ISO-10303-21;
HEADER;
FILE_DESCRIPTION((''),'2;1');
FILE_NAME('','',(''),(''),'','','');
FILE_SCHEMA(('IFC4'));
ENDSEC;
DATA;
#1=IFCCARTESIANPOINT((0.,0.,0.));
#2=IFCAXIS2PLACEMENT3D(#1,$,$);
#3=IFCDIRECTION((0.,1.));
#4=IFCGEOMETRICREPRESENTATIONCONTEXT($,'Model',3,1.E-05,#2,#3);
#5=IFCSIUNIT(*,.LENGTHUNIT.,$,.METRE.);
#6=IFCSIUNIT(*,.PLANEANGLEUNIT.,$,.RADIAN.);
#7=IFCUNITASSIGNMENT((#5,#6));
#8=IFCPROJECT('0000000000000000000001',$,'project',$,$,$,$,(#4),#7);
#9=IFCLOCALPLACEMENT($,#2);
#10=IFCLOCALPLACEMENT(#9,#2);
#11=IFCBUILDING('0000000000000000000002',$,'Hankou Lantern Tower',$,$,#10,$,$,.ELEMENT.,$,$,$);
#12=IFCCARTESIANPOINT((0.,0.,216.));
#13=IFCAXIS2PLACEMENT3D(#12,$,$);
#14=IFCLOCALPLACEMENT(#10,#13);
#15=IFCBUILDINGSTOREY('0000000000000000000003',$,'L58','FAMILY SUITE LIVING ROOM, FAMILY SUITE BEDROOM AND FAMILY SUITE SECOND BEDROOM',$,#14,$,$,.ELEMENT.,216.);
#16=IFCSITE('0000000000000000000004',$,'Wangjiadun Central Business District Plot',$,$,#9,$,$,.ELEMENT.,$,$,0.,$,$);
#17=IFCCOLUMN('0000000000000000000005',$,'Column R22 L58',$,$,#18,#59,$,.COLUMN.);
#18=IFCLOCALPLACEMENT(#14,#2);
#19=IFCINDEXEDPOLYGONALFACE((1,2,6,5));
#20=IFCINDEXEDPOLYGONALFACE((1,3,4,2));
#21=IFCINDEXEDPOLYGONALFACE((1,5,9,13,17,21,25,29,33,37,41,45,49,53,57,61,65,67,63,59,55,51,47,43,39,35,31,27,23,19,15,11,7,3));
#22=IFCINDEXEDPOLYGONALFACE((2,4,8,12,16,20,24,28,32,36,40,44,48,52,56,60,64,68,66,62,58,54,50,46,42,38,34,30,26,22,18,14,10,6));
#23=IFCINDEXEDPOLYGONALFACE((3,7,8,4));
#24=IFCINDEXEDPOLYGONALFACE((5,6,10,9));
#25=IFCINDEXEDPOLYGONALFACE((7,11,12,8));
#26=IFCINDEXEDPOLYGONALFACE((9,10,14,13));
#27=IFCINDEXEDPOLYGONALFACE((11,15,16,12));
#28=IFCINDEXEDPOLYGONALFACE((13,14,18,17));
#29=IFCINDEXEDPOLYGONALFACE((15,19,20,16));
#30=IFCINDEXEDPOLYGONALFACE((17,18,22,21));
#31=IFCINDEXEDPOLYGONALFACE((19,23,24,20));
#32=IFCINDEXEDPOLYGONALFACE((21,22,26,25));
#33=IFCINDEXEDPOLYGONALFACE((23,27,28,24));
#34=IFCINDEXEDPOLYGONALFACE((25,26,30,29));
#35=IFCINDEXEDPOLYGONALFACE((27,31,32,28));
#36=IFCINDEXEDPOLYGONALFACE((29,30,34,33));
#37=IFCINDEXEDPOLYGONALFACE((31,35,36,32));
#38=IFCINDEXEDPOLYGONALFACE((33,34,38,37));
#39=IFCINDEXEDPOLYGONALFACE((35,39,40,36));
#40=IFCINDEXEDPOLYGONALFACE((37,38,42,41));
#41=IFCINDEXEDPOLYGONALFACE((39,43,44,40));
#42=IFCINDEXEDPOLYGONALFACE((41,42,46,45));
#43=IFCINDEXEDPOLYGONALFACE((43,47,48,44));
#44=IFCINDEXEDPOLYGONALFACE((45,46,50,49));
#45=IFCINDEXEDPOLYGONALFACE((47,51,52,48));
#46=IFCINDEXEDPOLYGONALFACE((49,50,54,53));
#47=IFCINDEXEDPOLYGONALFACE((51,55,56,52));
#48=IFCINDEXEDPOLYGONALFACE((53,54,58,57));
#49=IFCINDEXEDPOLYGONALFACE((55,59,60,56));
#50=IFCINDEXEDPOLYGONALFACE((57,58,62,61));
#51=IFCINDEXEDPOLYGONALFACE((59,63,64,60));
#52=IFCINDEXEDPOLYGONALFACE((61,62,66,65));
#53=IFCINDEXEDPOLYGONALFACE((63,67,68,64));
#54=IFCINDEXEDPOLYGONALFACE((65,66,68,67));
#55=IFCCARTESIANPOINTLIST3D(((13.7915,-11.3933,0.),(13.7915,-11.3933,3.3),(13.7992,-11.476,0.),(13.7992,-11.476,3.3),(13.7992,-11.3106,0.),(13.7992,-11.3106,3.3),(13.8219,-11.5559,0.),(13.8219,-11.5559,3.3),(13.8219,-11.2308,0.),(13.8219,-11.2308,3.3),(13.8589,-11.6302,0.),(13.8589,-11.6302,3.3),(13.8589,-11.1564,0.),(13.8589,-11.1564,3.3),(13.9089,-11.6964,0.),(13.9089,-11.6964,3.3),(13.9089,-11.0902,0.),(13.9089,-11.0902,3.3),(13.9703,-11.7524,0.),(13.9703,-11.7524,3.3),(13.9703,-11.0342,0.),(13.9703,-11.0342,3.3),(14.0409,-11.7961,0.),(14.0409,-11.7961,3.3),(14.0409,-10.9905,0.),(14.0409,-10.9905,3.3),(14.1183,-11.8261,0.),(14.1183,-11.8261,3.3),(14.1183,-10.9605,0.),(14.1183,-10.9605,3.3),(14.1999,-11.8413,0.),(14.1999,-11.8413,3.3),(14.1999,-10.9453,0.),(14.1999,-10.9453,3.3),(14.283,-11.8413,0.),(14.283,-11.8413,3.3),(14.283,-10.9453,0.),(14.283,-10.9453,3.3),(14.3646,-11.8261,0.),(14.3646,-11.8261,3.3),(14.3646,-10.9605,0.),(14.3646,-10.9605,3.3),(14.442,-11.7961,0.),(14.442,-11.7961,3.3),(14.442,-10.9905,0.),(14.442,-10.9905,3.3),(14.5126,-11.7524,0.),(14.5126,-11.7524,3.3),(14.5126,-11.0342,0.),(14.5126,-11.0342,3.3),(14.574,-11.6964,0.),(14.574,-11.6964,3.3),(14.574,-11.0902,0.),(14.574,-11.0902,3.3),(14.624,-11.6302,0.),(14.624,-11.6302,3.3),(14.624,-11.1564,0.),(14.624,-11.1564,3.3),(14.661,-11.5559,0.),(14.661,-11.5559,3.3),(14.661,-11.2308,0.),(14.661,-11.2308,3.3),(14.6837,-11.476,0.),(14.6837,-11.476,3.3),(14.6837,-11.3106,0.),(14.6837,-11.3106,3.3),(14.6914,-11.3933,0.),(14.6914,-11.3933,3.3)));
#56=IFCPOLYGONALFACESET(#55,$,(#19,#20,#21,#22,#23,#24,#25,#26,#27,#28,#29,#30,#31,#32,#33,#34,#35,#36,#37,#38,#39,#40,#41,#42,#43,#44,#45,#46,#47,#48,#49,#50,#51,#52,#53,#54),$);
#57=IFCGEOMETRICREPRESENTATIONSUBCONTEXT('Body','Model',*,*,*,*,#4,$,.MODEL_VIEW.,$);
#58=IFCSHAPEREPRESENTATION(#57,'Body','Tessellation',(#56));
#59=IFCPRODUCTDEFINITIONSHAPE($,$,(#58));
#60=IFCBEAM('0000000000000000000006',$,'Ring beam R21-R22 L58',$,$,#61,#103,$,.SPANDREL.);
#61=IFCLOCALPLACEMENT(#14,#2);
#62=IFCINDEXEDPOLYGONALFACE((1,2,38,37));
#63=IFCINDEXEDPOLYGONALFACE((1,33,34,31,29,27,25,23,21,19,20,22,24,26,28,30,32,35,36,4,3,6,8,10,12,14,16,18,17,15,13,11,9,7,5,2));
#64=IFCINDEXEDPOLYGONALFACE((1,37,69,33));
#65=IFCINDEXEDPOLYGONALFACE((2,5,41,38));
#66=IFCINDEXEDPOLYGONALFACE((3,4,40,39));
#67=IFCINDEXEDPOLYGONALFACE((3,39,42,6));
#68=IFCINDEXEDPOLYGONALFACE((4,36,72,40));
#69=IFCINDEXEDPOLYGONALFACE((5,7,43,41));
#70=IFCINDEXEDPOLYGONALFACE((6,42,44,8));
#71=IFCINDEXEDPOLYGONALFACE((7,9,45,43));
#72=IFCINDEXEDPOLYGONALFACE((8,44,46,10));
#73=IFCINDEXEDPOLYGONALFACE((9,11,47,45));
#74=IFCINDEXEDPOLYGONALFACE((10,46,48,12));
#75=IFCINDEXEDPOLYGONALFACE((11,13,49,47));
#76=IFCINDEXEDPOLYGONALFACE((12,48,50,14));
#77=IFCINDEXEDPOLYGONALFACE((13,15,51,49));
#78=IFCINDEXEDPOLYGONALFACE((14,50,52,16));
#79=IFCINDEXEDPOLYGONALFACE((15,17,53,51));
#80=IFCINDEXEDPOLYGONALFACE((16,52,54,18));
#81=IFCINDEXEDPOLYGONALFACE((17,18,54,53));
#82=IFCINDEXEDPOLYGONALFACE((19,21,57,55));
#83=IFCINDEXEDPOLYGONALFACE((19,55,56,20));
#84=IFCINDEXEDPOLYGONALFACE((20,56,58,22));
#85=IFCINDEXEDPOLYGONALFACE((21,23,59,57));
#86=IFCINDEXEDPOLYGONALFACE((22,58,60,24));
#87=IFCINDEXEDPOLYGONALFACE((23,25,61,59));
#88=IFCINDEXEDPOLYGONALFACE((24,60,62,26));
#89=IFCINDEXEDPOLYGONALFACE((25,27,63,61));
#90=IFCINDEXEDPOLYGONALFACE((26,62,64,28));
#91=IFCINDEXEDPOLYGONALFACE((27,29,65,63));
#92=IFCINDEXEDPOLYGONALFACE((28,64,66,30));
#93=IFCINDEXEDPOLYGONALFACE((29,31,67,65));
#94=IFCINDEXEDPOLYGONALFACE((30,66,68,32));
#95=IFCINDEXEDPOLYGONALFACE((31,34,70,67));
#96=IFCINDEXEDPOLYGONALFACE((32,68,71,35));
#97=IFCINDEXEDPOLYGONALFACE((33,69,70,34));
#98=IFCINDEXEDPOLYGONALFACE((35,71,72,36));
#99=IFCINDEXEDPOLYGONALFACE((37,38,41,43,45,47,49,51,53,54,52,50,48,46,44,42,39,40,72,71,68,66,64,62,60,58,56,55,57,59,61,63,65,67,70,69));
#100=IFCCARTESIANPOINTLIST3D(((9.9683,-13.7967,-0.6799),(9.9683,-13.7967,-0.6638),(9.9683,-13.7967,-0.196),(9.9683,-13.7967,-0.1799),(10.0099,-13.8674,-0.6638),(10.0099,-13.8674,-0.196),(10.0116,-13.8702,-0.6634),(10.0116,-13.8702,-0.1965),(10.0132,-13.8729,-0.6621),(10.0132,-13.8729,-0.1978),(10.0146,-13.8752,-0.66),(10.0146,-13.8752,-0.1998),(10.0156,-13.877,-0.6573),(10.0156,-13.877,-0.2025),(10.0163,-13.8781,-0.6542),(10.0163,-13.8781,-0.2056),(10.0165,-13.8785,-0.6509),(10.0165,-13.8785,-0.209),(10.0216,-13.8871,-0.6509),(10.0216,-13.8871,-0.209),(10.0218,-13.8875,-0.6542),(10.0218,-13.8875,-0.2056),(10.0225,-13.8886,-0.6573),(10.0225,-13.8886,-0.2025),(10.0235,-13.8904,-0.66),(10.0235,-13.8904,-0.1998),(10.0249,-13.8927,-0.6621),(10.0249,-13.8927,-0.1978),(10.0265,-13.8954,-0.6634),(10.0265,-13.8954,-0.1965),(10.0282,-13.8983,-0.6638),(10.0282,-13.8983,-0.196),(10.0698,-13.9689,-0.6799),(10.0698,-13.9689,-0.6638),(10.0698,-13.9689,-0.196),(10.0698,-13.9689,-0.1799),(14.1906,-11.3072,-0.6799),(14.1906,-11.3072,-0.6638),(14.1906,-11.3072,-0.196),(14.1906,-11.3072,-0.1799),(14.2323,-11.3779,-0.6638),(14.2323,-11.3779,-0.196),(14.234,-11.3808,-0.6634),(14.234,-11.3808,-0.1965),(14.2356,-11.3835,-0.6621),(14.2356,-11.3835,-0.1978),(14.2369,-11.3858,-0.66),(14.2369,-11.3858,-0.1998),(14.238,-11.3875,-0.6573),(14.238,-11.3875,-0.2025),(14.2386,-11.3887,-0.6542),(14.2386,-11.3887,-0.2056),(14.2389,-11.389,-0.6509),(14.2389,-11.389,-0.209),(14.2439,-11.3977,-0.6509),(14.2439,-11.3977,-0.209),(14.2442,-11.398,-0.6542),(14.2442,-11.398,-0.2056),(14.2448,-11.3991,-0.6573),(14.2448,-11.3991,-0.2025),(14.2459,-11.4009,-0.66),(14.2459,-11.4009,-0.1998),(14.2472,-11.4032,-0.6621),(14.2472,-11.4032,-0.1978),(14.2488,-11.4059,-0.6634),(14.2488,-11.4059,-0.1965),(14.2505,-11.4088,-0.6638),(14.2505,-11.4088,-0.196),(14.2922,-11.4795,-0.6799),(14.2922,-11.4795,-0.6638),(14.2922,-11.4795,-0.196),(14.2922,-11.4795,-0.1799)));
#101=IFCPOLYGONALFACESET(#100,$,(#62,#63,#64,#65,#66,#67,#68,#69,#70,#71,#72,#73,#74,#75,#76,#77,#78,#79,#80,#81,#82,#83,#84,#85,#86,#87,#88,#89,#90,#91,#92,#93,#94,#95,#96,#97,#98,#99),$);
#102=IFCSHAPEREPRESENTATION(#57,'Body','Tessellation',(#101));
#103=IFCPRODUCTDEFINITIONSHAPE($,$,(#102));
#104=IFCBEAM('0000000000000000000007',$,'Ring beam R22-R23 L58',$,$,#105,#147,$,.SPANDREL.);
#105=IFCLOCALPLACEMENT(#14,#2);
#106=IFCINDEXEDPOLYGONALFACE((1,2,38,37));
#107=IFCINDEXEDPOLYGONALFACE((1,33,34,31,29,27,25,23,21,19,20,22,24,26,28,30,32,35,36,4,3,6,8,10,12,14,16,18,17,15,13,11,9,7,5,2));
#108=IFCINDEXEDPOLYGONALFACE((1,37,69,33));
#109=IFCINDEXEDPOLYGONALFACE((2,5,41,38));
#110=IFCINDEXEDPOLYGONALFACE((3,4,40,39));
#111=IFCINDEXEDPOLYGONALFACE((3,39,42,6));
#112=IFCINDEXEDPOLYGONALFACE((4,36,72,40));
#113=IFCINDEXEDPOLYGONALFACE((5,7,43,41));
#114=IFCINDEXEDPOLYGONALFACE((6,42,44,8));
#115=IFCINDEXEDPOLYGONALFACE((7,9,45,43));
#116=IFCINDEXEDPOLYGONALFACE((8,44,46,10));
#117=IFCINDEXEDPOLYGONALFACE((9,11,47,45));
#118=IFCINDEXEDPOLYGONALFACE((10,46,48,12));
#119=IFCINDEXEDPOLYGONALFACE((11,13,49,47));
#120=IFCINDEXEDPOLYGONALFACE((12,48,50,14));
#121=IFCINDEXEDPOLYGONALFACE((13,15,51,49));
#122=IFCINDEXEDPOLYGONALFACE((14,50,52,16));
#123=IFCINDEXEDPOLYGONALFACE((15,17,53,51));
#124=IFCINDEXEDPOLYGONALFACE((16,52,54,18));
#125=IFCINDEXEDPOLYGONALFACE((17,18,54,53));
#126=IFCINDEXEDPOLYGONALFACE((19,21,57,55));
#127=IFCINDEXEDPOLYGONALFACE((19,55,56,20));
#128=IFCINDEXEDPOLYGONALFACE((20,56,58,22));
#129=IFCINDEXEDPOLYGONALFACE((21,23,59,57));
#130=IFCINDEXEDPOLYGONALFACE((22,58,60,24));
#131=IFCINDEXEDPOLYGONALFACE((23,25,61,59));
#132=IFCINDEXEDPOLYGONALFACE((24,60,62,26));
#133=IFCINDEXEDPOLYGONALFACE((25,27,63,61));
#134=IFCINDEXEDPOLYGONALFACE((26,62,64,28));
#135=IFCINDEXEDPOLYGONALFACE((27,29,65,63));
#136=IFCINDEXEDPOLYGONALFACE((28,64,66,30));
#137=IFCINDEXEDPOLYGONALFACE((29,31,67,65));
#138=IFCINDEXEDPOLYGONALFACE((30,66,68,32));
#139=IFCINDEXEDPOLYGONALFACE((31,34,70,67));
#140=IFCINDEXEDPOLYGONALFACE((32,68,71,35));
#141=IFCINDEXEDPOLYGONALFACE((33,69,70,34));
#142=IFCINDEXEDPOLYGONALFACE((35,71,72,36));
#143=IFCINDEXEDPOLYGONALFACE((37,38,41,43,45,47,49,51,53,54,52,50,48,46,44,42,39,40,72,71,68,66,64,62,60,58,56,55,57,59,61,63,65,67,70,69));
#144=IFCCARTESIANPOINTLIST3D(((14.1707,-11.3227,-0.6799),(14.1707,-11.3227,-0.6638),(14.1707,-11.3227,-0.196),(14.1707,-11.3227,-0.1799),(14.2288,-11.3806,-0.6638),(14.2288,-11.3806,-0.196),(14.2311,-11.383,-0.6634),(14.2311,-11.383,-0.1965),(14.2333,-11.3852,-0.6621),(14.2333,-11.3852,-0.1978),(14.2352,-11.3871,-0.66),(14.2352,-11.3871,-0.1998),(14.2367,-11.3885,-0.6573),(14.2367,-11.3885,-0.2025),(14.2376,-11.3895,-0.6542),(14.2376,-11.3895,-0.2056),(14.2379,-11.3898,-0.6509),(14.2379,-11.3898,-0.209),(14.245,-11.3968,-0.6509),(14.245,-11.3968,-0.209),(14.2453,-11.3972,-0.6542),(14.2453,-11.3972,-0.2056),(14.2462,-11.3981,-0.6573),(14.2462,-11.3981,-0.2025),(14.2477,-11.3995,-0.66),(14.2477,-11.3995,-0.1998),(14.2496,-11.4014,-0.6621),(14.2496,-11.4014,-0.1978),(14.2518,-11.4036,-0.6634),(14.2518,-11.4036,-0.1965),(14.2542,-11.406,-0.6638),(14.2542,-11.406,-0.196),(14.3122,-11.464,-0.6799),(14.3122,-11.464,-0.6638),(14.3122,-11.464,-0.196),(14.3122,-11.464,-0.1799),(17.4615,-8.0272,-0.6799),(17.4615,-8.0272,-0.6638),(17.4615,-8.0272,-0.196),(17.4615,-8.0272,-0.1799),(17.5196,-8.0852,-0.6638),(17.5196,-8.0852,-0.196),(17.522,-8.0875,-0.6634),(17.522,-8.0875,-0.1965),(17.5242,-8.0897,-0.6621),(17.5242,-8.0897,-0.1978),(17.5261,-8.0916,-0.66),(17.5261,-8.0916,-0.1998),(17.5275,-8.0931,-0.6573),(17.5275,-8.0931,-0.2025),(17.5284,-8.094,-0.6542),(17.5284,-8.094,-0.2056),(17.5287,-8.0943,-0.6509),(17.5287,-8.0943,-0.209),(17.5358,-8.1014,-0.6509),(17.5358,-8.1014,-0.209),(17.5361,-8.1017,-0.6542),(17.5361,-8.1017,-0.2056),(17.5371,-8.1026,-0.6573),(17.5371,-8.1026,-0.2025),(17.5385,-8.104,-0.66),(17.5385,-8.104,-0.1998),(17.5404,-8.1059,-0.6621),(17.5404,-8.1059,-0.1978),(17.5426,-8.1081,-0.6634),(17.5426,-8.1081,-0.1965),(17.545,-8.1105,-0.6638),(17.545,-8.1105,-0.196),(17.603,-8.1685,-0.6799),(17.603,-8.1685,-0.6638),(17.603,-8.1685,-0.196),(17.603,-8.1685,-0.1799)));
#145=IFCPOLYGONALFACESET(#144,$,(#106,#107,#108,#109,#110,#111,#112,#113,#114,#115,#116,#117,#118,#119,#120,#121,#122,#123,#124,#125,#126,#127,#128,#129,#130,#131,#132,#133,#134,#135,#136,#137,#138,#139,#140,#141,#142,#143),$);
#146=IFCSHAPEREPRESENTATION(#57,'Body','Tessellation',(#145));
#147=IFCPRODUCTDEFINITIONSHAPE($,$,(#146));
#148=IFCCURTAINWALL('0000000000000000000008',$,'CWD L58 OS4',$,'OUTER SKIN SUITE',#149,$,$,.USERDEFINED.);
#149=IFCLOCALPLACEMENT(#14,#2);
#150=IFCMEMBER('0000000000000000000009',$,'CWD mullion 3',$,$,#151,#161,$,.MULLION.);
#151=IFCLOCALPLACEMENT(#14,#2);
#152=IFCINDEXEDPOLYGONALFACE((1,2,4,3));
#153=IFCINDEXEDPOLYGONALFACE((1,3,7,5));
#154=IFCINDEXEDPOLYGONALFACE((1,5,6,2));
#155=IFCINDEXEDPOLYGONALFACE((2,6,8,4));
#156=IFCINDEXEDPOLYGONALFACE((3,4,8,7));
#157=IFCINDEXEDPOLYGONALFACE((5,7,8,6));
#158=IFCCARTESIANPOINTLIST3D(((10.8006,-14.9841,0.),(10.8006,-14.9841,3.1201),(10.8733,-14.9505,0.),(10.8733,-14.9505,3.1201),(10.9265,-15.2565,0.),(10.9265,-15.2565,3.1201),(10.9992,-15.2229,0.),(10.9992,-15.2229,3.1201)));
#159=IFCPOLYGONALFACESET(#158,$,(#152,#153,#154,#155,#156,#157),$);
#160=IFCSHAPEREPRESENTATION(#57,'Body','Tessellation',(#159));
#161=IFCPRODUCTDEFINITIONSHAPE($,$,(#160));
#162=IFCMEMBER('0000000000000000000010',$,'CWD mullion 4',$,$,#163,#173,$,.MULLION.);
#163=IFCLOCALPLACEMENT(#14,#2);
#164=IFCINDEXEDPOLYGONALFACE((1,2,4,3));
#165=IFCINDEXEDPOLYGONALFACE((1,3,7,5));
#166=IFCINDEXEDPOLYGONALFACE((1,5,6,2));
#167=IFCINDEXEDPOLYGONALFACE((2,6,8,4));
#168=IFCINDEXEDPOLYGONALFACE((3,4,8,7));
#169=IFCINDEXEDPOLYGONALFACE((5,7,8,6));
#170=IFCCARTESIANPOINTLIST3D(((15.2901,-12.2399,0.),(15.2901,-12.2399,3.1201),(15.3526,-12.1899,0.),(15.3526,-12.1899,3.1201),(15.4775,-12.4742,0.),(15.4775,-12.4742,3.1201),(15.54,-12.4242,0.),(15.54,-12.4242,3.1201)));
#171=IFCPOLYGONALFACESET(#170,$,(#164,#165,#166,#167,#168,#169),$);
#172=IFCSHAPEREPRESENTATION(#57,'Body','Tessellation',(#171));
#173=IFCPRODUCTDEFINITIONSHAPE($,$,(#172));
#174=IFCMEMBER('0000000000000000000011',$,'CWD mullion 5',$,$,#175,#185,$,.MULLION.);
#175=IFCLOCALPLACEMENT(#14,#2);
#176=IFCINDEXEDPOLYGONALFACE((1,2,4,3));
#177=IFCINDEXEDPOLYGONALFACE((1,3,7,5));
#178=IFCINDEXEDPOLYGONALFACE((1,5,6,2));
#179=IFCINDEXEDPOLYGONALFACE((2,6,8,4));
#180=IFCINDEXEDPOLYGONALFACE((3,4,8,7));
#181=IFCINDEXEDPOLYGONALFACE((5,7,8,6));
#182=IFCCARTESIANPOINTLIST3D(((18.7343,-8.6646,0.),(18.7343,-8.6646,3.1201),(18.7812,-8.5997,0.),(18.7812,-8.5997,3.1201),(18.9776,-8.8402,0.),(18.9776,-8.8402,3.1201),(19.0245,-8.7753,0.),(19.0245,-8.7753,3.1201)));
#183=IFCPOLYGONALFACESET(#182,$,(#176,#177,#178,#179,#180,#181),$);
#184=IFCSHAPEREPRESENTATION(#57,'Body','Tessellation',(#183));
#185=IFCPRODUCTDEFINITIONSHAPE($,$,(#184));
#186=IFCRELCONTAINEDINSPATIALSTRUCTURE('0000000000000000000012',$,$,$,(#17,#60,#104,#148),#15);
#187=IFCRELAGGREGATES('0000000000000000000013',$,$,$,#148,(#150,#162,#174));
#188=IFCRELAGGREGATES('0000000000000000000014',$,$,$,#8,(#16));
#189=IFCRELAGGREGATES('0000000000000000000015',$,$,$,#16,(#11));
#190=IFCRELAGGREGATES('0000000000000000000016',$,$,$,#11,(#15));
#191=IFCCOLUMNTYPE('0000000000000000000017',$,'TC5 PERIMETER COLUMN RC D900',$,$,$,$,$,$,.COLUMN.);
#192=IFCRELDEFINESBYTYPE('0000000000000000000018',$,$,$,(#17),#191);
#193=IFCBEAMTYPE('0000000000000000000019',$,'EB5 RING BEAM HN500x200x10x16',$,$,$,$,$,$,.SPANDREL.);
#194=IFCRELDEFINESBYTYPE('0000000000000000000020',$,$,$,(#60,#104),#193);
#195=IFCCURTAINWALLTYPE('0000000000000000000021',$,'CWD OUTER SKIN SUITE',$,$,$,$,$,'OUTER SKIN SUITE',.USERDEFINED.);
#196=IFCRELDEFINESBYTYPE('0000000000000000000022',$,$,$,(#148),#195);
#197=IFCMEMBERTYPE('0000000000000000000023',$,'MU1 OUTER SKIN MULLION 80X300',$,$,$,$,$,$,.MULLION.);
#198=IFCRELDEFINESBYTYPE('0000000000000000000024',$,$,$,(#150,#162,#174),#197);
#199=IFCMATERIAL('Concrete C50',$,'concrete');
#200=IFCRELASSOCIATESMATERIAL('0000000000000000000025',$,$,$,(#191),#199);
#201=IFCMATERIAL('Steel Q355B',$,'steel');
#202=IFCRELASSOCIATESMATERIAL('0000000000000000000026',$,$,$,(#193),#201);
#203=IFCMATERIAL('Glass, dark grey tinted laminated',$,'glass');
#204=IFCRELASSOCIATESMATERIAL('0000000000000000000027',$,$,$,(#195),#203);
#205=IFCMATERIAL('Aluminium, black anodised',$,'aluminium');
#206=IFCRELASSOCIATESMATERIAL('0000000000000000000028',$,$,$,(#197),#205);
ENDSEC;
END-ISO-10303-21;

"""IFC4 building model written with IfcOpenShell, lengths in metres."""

from ifc_helpers import new_model, si_unit, direction, frame, origin, origin_2d, place, context, subcontext, project, spatial, rectangle, circle, i_section, extrude, material, material_profile, profile_set, type_object, element, aggregate, save


model = new_model("IFC4")

# Units and contexts
model_context = context("Model", 3, precision=1e-05, world=origin(), true_north=direction((0.0, 1.0)))
body_context = subcontext(model_context, "Body", "Model", "MODEL_VIEW")
ifc_project = project(units=[si_unit("LENGTHUNIT", "METRE"), si_unit("PLANEANGLEUNIT", "RADIAN")], contexts=[model_context])

# Site, building, storey
site_placement = place(None, origin())
site = spatial("IfcSite", under=ifc_project, at=site_placement, Name="Wangjiadun Central Business District Plot", CompositionType="ELEMENT", RefElevation=0.0)
building_placement = place(site_placement, origin())
building = spatial("IfcBuilding", under=site, at=building_placement, Name="Hankou Lantern Tower", CompositionType="ELEMENT")
storey_placement = place(building_placement, frame((0.0, 0.0, 216.0)))
storey = spatial("IfcBuildingStorey", under=building, at=storey_placement, Name="L58", Description="FAMILY SUITE LIVING ROOM, FAMILY SUITE BEDROOM AND FAMILY SUITE SECOND BEDROOM", CompositionType="ELEMENT", Elevation=216.0)

# Column
ifc_material_1 = material(Name="Concrete C50", Category="concrete")
ifc_material_profile_1 = material_profile(ifc_material_1, circle(Radius=0.45, at=origin_2d()), Name="RC D900")
ifc_profile_set_1 = profile_set([ifc_material_profile_1], Name="Concrete C50")
column_type = type_object("IfcColumnType", Name="TC5 PERIMETER COLUMN RC D900", PredefinedType="COLUMN", material=ifc_profile_set_1)
column_placement = place(storey_placement, frame((14.2415, -11.3933, 0.0), z_axis=(0.0, 0.0, 1.0), x_axis=(1.0, 0.0, 0.0)))
element("IfcColumn", 1, at=column_placement, inside=storey, type_object=column_type, Name="Column R22 L58", PredefinedType="COLUMN", context=body_context, shape_type="SweptSolid", body=[
    extrude(circle(Radius=0.45, at=origin_2d()), origin(), (0.0, 0.0, 1.0), 3.3),
])

# Beams
ifc_material_2 = material(Name="Steel Q355B", Category="steel")
ifc_material_profile_2 = material_profile(ifc_material_2, i_section(OverallWidth=0.2, OverallDepth=0.5, WebThickness=0.01, FlangeThickness=0.0161, FilletRadius=0.0129, at=origin_2d()), Name="HN500x200x10x16")
ifc_profile_set_2 = profile_set([ifc_material_profile_2], Name="Steel Q355B")
beam_type_1 = type_object("IfcBeamType", Name="EB5 RING BEAM HN500x200x10x16", PredefinedType="SPANDREL", material=ifc_profile_set_2)
beam_1_placement = place(storey_placement, frame((10.019, -13.8828, -0.4299), z_axis=(0.861423, 0.507888, 0.0), x_axis=(-0.507888, 0.861423, 0.0)))
element("IfcBeam", 2, at=beam_1_placement, inside=storey, type_object=beam_type_1, Name="Ring beam R21-R22 L58", PredefinedType="SPANDREL", context=body_context, shape_type="SweptSolid", body=[
    extrude(i_section(OverallWidth=0.2, OverallDepth=0.5, WebThickness=0.01, FlangeThickness=0.0161, FilletRadius=0.0129, at=origin_2d()), origin(), (0.0, 0.0, 1.0), 4.9016),
])
beam_2_placement = place(storey_placement, frame((14.2415, -11.3933, -0.4299), z_axis=(0.706609, 0.707605, 0.0), x_axis=(-0.707605, 0.706609, 0.0)))
element("IfcBeam", 3, at=beam_2_placement, inside=storey, type_object=beam_type_1, Name="Ring beam R22-R23 L58", PredefinedType="SPANDREL", context=body_context, shape_type="SweptSolid", body=[
    extrude(i_section(OverallWidth=0.2, OverallDepth=0.5, WebThickness=0.01, FlangeThickness=0.0161, FilletRadius=0.0129, at=origin_2d()), origin(), (0.0, 0.0, 1.0), 4.6572),
])

# Curtain wall, members
ifc_material_3 = material(Name="Glass, dark grey tinted laminated", Category="glass")
curtain_wall_type = type_object("IfcCurtainWallType", Name="CWD OUTER SKIN SUITE", ElementType="OUTER SKIN SUITE", PredefinedType="USERDEFINED", material=ifc_material_3)
curtain_wall_placement = place(storey_placement, origin())
curtain_wall = element("IfcCurtainWall", 4, at=curtain_wall_placement, inside=storey, type_object=curtain_wall_type, Name="CWD L58 OS4", ObjectType="OUTER SKIN SUITE", PredefinedType="USERDEFINED")
ifc_material_4 = material(Name="Aluminium, black anodised", Category="aluminium")
ifc_material_profile_3 = material_profile(ifc_material_4, rectangle(XDim=0.0801, YDim=0.3, at=origin_2d()), Name="MU1 80X300")
ifc_profile_set_3 = profile_set([ifc_material_profile_3], Name="Aluminium, black anodised")
member_type_1 = type_object("IfcMemberType", Name="MU1 OUTER SKIN MULLION 80X300", PredefinedType="MULLION", material=ifc_profile_set_3)
member_1_placement = place(storey_placement, frame((10.8999, -15.1035, 0.0), z_axis=(0.0, 0.0, 1.0), x_axis=(0.907841, 0.419314, 0.0)))
member_1 = element("IfcMember", 5, at=member_1_placement, type_object=member_type_1, Name="CWD mullion 3", PredefinedType="MULLION", context=body_context, shape_type="SweptSolid", body=[
    extrude(rectangle(XDim=0.0801, YDim=0.3, at=origin_2d()), origin(), (0.0, 0.0, 1.0), 3.1201),
])
member_2_placement = place(storey_placement, frame((15.415, -12.332, 0.0), z_axis=(0.0, 0.0, 1.0), x_axis=(0.780869, 0.624695, 0.0)))
member_2 = element("IfcMember", 6, at=member_2_placement, type_object=member_type_1, Name="CWD mullion 4", PredefinedType="MULLION", context=body_context, shape_type="SweptSolid", body=[
    extrude(rectangle(XDim=0.0801, YDim=0.3, at=origin_2d()), origin(), (0.0, 0.0, 1.0), 3.1201),
])
member_3_placement = place(storey_placement, frame((18.8794, -8.72, 0.0), z_axis=(0.0, 0.0, 1.0), x_axis=(0.585206, 0.810885, 0.0)))
member_3 = element("IfcMember", 7, at=member_3_placement, type_object=member_type_1, Name="CWD mullion 5", PredefinedType="MULLION", context=body_context, shape_type="SweptSolid", body=[
    extrude(rectangle(XDim=0.0801, YDim=0.3, at=origin_2d()), origin(), (0.0, 0.0, 1.0), 3.1201),
])

aggregate(curtain_wall, [member_1, member_2, member_3])

save(model, "model.ifc")
